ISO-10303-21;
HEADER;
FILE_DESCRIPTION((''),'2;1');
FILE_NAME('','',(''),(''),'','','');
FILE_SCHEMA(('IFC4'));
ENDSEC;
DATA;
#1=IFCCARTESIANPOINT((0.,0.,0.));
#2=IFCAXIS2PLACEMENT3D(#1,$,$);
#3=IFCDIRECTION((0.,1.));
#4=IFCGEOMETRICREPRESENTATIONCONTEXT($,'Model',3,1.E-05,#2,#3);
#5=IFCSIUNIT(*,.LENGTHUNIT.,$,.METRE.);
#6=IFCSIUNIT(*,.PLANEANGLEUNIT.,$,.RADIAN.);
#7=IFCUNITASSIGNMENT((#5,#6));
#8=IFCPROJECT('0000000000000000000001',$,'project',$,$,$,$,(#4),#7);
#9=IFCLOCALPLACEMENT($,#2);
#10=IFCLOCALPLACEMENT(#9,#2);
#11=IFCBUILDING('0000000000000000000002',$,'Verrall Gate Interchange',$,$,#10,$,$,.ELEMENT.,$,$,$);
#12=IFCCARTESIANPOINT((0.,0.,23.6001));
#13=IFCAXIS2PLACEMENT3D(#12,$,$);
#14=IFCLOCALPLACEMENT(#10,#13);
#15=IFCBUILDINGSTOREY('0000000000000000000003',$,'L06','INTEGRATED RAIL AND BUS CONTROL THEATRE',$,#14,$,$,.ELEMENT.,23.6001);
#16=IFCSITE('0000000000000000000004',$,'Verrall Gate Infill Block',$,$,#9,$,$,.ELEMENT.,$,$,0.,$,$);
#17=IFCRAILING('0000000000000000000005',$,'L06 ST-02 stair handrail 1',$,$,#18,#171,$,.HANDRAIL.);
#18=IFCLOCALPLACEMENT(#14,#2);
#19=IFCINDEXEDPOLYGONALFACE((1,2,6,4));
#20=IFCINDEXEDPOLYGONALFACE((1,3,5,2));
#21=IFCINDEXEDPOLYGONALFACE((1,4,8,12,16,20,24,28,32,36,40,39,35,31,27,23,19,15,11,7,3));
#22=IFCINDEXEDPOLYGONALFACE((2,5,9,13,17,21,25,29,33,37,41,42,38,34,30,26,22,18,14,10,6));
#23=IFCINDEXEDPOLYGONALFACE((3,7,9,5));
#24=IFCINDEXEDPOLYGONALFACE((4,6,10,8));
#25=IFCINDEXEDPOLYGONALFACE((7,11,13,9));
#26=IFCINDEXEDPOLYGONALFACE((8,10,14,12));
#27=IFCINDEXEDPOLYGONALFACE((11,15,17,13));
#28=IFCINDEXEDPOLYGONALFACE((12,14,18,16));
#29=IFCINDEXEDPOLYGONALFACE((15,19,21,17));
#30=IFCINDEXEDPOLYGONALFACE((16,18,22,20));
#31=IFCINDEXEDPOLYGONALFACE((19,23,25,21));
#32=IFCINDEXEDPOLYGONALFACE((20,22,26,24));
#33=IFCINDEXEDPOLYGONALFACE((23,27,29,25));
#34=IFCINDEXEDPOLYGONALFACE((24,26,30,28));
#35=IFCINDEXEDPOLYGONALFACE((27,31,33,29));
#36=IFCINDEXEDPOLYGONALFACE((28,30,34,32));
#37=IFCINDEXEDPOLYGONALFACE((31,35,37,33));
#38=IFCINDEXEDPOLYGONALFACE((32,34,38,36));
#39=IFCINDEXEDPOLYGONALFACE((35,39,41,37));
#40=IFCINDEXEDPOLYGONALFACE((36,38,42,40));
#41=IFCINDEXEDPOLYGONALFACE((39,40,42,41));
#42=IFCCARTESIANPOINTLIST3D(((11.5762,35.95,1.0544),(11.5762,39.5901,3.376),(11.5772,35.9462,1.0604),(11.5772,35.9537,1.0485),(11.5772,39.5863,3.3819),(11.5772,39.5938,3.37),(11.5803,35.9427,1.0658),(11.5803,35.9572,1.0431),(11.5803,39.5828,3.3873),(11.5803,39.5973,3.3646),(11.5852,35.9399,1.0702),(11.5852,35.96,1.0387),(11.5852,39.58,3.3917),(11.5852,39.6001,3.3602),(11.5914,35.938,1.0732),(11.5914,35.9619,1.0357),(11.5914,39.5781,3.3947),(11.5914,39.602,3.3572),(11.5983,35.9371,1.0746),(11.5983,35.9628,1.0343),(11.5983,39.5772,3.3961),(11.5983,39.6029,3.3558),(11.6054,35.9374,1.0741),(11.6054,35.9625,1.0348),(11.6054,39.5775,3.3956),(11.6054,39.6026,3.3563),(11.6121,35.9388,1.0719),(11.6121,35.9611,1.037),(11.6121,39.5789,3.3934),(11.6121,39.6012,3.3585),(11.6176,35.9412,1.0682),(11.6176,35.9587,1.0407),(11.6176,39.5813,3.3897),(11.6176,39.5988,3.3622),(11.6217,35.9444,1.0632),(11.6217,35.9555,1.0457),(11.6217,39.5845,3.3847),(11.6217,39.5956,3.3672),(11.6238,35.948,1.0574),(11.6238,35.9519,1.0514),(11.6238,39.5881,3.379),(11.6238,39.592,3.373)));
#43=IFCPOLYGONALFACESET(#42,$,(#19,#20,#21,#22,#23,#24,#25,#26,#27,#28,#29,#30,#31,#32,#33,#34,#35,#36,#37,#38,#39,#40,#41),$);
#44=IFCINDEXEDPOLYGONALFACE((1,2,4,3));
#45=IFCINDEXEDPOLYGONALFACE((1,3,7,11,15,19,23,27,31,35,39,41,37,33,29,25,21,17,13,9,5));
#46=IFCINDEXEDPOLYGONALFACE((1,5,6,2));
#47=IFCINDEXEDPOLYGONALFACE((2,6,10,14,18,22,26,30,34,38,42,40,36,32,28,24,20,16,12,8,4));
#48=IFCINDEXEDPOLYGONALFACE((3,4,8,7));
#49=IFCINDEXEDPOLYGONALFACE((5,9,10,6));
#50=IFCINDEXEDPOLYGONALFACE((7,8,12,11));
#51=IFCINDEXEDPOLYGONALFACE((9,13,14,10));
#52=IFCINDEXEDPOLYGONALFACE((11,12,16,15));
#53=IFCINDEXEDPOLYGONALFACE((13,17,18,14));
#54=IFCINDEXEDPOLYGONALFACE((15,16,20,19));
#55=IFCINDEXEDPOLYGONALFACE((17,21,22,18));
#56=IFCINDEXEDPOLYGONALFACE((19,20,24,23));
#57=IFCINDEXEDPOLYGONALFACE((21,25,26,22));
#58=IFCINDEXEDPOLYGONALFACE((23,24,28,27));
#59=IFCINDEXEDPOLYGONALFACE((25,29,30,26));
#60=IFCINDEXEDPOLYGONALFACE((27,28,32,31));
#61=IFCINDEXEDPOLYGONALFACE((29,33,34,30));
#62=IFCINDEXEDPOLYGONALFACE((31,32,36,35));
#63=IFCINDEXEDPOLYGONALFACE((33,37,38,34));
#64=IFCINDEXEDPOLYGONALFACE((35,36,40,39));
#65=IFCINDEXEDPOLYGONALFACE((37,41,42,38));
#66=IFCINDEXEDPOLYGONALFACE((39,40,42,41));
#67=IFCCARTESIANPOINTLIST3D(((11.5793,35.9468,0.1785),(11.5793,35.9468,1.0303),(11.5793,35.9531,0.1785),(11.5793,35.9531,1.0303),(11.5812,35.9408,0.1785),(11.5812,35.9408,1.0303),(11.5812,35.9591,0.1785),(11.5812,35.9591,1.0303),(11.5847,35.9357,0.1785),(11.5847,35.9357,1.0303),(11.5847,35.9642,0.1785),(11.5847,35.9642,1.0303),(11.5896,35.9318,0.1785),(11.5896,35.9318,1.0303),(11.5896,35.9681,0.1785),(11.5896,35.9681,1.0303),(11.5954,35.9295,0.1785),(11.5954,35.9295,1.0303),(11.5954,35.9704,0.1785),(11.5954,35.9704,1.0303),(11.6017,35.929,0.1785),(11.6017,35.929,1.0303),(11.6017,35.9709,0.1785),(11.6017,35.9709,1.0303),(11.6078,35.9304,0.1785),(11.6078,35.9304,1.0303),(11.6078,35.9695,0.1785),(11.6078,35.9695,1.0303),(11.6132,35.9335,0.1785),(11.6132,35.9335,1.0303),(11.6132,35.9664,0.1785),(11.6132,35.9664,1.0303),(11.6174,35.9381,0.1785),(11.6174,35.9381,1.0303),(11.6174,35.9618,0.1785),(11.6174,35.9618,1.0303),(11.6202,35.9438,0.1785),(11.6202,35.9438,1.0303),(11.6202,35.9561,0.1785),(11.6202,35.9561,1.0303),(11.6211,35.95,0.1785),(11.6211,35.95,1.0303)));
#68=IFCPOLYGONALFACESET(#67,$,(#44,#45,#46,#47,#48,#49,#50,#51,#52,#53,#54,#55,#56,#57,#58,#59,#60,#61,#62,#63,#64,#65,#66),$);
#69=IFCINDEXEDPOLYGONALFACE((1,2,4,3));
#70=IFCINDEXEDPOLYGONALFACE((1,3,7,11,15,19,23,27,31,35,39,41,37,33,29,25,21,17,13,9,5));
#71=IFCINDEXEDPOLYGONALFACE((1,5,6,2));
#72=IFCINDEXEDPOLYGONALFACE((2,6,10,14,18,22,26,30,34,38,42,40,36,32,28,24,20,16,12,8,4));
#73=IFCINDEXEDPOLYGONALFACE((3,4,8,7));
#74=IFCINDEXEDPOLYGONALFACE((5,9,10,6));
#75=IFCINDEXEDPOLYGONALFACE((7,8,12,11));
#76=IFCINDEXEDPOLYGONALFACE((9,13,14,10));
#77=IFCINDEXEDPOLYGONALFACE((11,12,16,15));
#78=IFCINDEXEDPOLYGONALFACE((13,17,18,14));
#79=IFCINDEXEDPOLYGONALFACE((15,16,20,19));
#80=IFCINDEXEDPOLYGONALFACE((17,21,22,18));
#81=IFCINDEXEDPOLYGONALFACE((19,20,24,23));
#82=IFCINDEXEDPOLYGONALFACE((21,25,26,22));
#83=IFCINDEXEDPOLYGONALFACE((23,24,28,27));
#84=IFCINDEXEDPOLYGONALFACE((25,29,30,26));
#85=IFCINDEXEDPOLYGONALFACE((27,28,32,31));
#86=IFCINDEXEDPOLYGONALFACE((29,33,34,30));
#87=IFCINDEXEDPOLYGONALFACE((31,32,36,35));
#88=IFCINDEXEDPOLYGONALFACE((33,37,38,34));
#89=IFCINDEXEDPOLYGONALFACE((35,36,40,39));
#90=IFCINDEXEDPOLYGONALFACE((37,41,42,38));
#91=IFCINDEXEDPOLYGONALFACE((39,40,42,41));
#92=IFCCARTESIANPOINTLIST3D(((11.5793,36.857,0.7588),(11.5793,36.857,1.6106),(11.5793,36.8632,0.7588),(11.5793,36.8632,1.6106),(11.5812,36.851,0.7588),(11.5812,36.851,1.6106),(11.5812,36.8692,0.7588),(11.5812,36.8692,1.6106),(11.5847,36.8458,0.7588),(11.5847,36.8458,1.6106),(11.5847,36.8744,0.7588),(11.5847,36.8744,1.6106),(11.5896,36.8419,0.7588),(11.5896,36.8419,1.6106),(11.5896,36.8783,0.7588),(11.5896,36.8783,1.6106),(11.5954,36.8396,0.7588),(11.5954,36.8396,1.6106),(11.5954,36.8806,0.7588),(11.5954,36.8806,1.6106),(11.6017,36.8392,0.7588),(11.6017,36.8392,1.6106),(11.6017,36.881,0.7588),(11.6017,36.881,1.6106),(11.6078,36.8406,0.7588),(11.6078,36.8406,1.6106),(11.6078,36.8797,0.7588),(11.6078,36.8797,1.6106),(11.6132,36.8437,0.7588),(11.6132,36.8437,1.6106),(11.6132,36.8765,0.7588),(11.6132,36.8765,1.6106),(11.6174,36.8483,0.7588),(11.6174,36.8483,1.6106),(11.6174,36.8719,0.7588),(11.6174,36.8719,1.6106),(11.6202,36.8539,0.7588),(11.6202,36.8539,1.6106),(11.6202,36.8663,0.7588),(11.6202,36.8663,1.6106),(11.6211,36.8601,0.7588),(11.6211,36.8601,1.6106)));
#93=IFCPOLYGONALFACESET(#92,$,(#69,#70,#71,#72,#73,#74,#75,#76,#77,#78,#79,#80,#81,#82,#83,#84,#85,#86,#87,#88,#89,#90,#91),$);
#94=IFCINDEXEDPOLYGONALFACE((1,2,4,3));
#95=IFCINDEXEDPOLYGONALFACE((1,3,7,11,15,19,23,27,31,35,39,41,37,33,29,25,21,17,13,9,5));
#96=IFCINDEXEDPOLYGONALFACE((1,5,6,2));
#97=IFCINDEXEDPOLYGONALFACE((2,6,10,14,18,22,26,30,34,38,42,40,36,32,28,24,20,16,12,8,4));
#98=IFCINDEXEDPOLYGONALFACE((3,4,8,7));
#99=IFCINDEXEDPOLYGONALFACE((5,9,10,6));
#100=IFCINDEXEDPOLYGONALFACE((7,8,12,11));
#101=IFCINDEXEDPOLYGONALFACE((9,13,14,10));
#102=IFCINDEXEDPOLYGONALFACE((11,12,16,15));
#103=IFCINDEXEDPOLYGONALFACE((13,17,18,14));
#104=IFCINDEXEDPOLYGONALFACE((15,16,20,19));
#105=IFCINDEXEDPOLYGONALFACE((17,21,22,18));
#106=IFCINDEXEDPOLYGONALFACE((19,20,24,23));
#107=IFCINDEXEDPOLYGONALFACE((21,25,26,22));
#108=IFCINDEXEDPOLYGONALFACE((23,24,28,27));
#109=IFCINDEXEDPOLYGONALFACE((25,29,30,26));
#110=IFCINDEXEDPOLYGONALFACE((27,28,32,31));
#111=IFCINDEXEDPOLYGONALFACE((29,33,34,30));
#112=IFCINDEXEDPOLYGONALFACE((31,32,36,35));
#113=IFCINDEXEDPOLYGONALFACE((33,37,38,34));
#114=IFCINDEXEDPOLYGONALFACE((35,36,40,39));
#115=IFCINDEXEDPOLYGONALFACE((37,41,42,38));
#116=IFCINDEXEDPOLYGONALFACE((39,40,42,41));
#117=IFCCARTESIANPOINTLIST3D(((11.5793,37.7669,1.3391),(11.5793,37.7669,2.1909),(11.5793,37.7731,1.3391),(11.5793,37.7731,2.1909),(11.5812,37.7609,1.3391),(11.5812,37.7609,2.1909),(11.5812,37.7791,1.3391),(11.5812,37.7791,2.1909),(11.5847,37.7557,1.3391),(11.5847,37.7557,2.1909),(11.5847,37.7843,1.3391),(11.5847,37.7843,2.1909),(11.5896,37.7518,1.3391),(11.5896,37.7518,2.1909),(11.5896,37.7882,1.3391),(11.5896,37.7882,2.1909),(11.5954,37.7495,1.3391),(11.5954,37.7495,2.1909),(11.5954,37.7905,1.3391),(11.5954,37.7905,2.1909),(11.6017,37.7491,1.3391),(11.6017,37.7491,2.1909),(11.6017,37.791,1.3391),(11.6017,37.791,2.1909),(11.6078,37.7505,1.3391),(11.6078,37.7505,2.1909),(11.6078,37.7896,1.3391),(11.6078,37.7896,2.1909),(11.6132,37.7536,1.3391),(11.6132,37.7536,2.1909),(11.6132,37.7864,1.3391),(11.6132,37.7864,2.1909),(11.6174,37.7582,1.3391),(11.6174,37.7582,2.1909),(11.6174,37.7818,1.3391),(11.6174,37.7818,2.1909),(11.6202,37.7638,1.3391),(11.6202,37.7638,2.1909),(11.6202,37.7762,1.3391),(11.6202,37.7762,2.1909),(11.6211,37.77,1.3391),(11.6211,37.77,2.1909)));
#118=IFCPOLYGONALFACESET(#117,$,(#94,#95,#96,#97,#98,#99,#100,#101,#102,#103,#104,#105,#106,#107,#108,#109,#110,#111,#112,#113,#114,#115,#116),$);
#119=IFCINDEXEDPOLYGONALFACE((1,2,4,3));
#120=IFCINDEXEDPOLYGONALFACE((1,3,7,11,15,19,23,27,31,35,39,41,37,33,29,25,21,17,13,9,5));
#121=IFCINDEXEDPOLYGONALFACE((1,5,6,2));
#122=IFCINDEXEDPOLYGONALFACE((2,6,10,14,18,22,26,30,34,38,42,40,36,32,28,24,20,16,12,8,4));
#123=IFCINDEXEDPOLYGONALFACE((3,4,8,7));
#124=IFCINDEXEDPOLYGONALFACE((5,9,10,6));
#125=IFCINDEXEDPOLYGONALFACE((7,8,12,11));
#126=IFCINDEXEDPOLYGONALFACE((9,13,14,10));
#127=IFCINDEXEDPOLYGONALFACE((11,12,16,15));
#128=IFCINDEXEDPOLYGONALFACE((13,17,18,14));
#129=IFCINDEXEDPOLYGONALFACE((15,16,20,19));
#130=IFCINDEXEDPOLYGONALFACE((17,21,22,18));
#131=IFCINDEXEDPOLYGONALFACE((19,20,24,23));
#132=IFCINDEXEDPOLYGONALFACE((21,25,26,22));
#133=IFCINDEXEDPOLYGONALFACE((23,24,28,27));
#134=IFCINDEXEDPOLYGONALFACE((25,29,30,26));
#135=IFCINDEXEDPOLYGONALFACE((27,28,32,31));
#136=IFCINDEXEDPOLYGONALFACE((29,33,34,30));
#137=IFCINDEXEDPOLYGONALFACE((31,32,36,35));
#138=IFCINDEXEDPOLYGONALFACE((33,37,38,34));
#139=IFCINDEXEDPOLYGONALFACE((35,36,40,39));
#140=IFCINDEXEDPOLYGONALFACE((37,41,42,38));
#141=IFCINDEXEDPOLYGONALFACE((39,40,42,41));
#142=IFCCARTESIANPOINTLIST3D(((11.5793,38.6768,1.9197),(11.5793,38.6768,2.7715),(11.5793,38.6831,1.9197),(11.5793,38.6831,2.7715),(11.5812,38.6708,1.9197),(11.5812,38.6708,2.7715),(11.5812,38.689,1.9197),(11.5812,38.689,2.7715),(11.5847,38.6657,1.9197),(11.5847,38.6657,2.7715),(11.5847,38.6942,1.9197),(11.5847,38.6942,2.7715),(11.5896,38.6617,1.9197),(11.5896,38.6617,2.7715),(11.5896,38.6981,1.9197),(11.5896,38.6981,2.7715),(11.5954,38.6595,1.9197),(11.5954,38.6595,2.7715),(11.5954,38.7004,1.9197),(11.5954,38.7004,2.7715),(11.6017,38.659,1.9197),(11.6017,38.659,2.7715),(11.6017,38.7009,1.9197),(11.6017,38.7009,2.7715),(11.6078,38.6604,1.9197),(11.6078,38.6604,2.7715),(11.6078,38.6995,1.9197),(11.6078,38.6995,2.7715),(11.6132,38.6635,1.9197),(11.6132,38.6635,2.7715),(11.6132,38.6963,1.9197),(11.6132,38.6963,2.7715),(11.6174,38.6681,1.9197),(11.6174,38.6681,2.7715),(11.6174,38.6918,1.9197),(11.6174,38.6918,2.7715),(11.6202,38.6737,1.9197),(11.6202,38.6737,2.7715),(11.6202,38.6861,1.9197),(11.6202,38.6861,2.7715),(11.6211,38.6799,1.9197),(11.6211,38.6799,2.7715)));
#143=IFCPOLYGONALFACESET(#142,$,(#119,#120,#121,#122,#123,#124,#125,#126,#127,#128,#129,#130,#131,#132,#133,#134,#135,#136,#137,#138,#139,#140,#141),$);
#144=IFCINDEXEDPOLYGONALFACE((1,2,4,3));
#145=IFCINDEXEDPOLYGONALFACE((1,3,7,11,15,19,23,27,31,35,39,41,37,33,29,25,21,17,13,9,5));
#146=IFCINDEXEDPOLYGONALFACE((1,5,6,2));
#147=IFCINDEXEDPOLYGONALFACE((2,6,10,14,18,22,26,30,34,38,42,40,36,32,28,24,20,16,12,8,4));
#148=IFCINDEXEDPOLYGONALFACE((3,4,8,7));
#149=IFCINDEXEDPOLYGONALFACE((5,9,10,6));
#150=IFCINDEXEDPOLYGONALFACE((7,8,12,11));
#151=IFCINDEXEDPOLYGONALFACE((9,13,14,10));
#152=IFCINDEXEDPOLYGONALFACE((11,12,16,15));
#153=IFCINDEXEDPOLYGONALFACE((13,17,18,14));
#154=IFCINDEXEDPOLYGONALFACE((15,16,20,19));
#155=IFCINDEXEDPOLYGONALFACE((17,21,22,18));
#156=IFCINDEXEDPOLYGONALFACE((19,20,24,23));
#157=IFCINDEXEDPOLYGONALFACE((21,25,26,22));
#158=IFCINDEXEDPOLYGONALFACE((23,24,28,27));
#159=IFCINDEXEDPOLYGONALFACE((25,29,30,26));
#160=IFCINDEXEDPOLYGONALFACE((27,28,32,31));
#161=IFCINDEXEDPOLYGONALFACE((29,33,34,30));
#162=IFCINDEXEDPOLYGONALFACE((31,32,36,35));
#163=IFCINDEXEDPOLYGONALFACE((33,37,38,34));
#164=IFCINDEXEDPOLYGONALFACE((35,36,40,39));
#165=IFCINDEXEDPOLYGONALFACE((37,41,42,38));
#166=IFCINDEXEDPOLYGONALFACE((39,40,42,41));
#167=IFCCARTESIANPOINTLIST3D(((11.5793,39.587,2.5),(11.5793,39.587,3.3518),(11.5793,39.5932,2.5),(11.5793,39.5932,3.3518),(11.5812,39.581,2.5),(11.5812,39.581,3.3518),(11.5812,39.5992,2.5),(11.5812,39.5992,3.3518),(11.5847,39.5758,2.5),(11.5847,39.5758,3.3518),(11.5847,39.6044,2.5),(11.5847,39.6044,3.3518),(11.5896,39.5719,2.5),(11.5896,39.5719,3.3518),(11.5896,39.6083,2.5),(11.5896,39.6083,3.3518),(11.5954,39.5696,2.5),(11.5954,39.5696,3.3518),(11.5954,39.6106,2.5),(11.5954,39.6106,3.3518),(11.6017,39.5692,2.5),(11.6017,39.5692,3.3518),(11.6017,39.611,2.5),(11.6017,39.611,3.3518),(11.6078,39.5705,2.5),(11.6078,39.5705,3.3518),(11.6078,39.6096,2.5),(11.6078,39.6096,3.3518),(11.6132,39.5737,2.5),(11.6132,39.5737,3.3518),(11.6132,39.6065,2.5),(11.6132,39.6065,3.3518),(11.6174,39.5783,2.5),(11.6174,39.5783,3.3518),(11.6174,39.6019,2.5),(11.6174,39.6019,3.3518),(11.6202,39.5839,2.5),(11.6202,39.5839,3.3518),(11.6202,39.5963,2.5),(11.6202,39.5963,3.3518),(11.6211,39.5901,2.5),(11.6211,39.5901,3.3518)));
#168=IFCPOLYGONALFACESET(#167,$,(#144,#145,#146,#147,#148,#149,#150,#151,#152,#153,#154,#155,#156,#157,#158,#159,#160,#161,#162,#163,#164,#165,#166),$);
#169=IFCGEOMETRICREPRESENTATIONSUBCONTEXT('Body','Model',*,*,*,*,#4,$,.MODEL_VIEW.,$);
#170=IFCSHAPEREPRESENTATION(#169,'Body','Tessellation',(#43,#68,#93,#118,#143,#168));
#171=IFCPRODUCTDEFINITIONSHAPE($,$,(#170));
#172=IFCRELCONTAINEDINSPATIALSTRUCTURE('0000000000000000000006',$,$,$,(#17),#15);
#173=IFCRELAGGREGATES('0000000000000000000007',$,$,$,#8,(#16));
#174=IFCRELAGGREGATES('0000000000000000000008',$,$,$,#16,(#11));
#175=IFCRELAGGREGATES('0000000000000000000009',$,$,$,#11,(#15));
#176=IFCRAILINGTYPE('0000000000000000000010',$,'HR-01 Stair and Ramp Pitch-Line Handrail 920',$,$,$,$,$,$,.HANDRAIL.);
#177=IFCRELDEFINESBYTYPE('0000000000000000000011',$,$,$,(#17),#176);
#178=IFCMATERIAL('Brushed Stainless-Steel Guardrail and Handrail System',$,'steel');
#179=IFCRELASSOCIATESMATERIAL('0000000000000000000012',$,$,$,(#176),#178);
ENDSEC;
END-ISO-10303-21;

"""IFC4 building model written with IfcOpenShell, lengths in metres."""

from ifc_helpers import new_model, si_unit, direction, frame, origin, origin_2d, place, context, subcontext, project, spatial, circle, extrude, material, type_object, element, save


model = new_model("IFC4")

# Units and contexts
model_context = context("Model", 3, precision=1e-05, world=origin(), true_north=direction((0.0, 1.0)))
body_context = subcontext(model_context, "Body", "Model", "MODEL_VIEW")
ifc_project = project(units=[si_unit("LENGTHUNIT", "METRE"), si_unit("PLANEANGLEUNIT", "RADIAN")], contexts=[model_context])

# Site, building, storey
site_placement = place(None, origin())
site = spatial("IfcSite", under=ifc_project, at=site_placement, Name="Verrall Gate Infill Block", CompositionType="ELEMENT", RefElevation=0.0)
building_placement = place(site_placement, origin())
building = spatial("IfcBuilding", under=site, at=building_placement, Name="Verrall Gate Interchange", CompositionType="ELEMENT")
storey_placement = place(building_placement, frame((0.0, 0.0, 23.6001)))
storey = spatial("IfcBuildingStorey", under=building, at=storey_placement, Name="L06", Description="INTEGRATED RAIL AND BUS CONTROL THEATRE", CompositionType="ELEMENT", Elevation=23.6001)

# Railing
ifc_material_1 = material(Name="Brushed Stainless-Steel Guardrail and Handrail System", Category="steel")
railing_type_1 = type_object("IfcRailingType", Name="HR-01 Stair and Ramp Pitch-Line Handrail 920", PredefinedType="HANDRAIL", material=ifc_material_1)
railing_1_placement = place(storey_placement, frame((11.6001, 35.95, 0.1785)))
element("IfcRailing", 1, at=railing_1_placement, inside=storey, type_object=railing_type_1, Name="L06 ST-02 stair handrail 1", PredefinedType="HANDRAIL", context=body_context, shape_type="SweptSolid", body=[
    extrude(circle(Radius=0.0239, at=origin_2d()), frame((0.0, 0.0, 0.876), z_axis=(0.0, 0.843128, 0.537713), x_axis=(-1.0, 0.0, 0.0)), (0.0, 0.0, 1.0), 4.3174),
    extrude(circle(Radius=0.021, at=origin_2d()), origin(), (0.0, 0.0, 1.0), 0.8518),
    extrude(circle(Radius=0.021, at=origin_2d()), frame((0.0, 0.9102, 0.5803)), (0.0, 0.0, 1.0), 0.8518),
    extrude(circle(Radius=0.021, at=origin_2d()), frame((0.0, 1.8201, 1.1606)), (0.0, 0.0, 1.0), 0.8518),
    extrude(circle(Radius=0.021, at=origin_2d()), frame((0.0, 2.73, 1.7412)), (0.0, 0.0, 1.0), 0.8518),
    extrude(circle(Radius=0.021, at=origin_2d()), frame((0.0, 3.6401, 2.3215)), (0.0, 0.0, 1.0), 0.8518),
])

save(model, "model.ifc")
